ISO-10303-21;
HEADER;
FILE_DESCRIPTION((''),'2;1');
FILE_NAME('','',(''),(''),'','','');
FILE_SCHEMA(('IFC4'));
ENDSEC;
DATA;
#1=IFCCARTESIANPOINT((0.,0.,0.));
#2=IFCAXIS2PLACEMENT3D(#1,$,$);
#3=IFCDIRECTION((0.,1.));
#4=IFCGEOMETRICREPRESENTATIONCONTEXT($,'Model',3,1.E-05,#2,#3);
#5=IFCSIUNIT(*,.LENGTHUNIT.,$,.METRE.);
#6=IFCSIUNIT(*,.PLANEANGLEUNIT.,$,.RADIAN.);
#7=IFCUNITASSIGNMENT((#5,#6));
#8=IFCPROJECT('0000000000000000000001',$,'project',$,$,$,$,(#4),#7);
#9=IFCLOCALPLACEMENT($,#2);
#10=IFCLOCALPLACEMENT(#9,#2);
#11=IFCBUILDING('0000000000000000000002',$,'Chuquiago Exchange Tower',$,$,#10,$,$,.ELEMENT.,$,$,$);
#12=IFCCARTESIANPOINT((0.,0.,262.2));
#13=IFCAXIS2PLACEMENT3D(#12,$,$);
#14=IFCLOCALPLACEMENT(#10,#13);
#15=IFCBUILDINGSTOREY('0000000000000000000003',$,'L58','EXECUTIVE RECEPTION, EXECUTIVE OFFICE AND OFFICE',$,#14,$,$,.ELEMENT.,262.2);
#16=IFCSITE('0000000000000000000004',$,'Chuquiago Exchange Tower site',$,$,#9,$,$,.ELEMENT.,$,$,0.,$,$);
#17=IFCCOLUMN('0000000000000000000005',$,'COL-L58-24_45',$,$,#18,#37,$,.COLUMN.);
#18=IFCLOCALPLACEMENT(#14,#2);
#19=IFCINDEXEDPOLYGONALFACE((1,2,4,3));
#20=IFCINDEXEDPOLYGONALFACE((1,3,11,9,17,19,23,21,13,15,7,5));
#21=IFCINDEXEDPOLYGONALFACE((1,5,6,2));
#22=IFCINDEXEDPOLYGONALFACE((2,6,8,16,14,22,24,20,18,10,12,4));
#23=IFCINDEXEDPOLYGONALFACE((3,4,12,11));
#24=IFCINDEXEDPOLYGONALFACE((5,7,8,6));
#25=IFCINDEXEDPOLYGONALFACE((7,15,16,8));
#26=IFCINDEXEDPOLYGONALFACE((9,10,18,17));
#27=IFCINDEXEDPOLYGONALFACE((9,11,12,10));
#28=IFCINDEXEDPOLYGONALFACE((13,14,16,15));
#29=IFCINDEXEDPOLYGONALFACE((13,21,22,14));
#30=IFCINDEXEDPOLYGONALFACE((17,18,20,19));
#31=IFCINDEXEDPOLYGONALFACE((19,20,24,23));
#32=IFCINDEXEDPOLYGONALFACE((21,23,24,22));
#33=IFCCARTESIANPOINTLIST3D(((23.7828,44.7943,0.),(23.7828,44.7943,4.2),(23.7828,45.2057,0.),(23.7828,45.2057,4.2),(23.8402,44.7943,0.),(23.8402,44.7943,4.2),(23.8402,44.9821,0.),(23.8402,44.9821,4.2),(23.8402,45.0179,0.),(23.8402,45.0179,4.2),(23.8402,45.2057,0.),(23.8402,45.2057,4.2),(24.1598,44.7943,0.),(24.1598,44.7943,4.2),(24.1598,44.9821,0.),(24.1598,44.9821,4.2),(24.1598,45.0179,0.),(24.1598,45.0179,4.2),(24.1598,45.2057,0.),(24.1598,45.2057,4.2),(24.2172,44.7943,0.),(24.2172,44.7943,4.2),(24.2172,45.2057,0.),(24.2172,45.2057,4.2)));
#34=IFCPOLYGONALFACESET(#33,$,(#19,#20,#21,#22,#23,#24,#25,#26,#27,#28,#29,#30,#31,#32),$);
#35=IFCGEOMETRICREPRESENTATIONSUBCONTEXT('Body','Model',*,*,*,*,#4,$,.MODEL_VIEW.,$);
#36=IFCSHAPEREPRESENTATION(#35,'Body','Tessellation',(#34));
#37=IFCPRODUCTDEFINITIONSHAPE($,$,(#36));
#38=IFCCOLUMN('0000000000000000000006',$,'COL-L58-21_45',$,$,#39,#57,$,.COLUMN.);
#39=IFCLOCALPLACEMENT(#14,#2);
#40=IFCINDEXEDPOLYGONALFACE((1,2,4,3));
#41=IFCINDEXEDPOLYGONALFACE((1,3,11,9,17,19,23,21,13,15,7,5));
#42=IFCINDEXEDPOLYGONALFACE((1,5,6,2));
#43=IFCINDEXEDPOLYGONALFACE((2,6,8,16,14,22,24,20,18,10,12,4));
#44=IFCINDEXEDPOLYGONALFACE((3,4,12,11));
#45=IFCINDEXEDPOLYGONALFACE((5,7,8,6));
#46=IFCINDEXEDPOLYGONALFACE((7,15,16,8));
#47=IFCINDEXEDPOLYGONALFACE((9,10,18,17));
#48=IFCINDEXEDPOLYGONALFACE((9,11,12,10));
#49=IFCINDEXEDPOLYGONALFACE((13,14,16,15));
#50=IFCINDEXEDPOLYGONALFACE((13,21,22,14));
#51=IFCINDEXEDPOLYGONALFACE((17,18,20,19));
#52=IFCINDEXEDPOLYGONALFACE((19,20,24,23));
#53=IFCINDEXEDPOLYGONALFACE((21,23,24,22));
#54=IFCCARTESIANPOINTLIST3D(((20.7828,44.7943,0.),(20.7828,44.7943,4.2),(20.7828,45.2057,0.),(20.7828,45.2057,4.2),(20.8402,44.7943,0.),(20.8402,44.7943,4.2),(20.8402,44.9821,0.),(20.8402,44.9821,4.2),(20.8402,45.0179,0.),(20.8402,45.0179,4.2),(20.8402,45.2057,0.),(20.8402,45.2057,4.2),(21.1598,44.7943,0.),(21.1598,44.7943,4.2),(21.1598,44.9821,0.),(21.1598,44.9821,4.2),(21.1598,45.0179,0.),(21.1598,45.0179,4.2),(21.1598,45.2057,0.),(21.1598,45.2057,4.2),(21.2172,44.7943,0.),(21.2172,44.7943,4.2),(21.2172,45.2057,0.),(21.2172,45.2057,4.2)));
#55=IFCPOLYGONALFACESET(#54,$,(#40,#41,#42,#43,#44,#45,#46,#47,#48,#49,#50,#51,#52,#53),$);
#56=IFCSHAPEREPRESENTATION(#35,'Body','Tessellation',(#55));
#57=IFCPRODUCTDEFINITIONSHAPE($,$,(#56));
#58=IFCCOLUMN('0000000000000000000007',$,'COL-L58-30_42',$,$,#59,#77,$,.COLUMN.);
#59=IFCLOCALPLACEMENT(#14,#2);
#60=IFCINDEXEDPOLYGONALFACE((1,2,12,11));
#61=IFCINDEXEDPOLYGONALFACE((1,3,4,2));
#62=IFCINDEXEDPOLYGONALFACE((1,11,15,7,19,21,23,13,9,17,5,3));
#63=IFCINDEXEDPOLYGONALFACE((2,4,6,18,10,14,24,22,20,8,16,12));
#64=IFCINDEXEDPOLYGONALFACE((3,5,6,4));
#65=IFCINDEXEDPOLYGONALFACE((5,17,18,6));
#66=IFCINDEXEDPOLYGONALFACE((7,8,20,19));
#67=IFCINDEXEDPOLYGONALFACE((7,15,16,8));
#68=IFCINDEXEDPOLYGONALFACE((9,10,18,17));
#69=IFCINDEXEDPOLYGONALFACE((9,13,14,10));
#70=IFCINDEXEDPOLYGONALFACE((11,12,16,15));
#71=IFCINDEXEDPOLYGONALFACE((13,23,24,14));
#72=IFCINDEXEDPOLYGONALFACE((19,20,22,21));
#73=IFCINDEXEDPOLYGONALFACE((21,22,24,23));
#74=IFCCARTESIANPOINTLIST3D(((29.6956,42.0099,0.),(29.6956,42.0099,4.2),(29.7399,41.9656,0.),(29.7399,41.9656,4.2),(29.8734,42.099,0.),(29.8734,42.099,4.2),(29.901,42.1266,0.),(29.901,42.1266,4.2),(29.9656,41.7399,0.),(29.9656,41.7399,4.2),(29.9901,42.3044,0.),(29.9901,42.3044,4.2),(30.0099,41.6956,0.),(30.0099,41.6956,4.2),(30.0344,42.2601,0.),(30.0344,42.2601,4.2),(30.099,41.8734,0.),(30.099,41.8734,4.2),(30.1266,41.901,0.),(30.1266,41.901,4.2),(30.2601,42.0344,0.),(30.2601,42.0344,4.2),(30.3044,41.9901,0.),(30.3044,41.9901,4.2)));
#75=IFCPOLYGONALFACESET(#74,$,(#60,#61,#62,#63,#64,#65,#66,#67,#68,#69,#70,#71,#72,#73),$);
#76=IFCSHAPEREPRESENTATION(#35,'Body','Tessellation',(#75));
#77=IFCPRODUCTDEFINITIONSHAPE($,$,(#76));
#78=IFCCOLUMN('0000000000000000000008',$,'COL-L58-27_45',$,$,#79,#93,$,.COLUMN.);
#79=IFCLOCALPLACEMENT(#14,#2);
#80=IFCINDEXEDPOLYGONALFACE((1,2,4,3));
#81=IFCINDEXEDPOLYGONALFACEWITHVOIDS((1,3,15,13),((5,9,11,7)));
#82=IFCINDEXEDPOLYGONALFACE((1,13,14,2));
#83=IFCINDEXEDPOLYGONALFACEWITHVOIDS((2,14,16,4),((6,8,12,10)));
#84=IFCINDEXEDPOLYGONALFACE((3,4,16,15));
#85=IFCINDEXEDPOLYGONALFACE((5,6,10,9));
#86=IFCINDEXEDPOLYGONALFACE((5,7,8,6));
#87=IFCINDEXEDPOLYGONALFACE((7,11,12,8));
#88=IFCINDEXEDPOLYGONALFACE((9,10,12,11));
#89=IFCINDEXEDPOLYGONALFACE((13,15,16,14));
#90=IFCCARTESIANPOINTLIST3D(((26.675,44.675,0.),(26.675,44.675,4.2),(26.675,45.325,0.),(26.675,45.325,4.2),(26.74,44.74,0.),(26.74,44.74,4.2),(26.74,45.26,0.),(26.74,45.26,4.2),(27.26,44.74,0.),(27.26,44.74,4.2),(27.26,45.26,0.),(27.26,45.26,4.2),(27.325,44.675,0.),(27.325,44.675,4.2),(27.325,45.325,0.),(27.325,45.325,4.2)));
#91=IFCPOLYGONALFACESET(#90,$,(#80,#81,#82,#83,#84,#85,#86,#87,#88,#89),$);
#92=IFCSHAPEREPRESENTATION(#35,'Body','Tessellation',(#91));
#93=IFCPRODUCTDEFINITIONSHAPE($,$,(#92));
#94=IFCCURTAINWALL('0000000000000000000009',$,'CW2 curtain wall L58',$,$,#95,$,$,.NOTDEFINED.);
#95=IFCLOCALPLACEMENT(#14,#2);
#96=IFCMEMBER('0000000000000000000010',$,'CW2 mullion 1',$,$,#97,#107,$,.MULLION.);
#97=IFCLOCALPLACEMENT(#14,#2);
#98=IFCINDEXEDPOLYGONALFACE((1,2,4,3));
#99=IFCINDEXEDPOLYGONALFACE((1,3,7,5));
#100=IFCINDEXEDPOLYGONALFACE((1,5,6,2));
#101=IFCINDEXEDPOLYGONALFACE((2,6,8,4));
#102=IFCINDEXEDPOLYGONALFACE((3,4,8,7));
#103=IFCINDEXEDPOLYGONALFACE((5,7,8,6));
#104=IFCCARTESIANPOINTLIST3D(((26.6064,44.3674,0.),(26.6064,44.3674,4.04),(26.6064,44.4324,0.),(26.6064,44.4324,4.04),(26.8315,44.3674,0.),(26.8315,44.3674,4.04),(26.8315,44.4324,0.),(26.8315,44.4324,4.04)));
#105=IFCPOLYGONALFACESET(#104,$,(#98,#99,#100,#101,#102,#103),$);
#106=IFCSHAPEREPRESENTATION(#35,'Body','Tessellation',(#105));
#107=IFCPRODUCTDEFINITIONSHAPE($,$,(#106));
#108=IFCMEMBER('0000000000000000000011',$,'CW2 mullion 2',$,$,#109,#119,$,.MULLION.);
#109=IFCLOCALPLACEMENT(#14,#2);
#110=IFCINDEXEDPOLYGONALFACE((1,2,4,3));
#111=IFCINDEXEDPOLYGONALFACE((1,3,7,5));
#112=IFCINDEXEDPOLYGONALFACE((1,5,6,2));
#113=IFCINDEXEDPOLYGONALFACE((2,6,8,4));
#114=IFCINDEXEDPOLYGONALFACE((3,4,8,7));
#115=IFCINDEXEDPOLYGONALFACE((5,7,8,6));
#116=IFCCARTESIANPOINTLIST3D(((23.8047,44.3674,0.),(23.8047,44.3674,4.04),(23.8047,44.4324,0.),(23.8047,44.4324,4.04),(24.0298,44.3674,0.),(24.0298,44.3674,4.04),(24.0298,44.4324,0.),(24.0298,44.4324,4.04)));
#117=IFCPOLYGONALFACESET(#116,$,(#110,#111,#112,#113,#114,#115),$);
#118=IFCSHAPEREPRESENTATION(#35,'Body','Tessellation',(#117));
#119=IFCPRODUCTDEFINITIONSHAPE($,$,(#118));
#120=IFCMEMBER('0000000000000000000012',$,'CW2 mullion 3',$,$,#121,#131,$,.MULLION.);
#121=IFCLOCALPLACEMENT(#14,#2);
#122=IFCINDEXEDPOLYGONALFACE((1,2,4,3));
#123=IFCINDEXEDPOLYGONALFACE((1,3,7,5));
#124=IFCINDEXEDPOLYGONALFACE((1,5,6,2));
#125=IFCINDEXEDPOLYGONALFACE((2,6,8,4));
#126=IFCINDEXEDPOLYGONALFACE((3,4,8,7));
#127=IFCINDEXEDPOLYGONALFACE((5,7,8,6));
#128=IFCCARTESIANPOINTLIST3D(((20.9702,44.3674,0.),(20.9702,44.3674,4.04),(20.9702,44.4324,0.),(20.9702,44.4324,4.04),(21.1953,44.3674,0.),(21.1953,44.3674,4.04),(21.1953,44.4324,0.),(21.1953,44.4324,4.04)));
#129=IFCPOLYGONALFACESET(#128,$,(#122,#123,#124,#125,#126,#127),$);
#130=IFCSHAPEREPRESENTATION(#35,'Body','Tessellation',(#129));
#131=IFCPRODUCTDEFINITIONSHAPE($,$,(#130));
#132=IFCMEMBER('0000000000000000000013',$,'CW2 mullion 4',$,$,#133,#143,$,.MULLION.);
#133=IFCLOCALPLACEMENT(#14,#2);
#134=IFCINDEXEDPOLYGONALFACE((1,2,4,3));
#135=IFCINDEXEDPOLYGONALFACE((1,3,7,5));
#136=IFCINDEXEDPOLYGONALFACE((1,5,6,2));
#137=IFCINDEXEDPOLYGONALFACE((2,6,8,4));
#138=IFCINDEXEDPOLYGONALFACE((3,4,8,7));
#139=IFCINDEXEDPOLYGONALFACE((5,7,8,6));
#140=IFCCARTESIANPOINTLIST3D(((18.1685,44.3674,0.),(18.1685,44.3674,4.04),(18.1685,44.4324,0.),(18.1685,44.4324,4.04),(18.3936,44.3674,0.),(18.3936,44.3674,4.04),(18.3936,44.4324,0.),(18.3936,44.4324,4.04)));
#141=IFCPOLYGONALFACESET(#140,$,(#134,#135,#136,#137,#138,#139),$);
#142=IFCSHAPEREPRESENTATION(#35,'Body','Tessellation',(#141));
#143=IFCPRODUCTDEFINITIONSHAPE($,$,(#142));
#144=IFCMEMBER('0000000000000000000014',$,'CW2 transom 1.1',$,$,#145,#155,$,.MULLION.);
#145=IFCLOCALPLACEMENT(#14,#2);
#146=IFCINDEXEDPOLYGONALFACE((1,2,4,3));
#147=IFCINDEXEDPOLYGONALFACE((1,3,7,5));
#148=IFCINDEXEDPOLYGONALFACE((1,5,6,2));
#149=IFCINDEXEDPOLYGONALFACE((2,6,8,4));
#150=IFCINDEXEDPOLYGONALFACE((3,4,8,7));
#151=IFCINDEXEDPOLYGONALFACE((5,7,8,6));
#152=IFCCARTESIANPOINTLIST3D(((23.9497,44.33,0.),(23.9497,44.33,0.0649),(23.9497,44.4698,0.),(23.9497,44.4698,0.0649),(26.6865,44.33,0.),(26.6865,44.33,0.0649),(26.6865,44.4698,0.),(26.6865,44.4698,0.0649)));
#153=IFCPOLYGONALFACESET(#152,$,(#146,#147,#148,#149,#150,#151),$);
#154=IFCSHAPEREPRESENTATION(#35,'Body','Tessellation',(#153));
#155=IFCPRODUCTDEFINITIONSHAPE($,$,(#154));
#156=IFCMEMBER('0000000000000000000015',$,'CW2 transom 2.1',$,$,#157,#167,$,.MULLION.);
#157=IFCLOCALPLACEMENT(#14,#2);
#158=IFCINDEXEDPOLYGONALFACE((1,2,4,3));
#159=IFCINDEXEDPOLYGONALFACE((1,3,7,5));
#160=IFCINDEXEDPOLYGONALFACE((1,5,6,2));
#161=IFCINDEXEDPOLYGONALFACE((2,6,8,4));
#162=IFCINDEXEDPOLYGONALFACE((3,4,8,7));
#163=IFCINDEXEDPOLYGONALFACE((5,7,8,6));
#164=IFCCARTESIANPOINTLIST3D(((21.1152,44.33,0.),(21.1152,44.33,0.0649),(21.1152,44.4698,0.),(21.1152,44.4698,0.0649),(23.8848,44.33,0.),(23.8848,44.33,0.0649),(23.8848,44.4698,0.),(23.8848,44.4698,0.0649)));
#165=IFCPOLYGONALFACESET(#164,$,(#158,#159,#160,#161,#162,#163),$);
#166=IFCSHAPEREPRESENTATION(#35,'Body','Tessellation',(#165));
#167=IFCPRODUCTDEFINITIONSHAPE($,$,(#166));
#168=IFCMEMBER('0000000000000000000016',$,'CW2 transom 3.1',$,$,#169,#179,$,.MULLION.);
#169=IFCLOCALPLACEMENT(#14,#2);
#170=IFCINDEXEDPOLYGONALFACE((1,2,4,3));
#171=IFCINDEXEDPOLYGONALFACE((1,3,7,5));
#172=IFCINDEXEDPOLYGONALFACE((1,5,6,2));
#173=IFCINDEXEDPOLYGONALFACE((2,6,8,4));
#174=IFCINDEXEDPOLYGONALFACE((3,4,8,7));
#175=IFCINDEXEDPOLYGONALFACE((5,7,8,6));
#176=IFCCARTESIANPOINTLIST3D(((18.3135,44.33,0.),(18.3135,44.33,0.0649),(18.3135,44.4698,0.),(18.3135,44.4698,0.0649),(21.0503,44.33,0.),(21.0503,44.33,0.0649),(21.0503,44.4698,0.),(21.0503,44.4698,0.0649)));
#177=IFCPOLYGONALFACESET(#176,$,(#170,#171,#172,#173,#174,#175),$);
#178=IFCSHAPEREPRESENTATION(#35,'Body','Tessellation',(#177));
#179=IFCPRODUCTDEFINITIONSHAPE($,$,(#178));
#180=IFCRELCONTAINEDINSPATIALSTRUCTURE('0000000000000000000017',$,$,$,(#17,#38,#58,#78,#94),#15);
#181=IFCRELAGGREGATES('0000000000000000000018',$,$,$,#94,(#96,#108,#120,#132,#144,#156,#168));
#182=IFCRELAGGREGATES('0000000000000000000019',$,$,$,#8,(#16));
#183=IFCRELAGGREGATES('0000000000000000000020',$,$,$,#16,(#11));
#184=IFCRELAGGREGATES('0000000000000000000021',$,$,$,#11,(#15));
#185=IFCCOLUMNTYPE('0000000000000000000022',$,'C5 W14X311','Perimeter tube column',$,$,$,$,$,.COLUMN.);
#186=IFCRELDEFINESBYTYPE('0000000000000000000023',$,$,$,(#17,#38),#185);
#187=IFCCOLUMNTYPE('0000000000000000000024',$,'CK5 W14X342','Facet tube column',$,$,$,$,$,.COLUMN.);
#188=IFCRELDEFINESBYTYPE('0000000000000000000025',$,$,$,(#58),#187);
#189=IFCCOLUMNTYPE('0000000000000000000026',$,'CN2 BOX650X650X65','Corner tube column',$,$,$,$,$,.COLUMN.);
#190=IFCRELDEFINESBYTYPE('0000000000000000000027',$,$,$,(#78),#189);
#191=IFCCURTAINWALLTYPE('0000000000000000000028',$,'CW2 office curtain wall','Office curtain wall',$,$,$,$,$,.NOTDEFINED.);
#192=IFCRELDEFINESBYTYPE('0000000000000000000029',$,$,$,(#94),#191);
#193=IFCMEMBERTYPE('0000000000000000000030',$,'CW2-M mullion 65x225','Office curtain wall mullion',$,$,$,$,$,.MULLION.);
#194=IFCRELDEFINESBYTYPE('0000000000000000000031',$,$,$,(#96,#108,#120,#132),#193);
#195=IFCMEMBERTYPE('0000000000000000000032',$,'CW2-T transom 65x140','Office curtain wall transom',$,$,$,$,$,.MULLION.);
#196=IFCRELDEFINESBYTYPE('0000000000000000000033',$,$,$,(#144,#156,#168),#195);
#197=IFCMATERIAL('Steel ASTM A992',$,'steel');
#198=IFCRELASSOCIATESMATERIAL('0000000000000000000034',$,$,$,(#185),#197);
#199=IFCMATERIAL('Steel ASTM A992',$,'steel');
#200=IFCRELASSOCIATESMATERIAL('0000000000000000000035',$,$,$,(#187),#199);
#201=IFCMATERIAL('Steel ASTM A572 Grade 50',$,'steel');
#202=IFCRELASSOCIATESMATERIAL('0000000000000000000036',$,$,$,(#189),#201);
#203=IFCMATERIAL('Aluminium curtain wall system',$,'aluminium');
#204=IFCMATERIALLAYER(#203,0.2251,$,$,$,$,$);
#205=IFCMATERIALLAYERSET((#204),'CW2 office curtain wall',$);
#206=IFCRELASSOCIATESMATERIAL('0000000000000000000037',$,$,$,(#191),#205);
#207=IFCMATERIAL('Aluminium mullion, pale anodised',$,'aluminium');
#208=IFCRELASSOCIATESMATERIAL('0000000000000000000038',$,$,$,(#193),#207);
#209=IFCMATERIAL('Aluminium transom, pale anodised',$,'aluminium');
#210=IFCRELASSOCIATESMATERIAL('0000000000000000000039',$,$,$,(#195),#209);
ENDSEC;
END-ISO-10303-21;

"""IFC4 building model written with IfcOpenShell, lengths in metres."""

from ifc_helpers import new_model, si_unit, direction, frame, origin, origin_2d, place, context, subcontext, project, spatial, rectangle, hollow_rectangle, i_section, extrude, material, layer, layer_set, material_profile, profile_set, type_object, element, aggregate, save


model = new_model("IFC4")

# Units and contexts
model_context = context("Model", 3, precision=1e-05, world=origin(), true_north=direction((0.0, 1.0)))
body_context = subcontext(model_context, "Body", "Model", "MODEL_VIEW")
ifc_project = project(units=[si_unit("LENGTHUNIT", "METRE"), si_unit("PLANEANGLEUNIT", "RADIAN")], contexts=[model_context])

# Site, building, storey
site_placement = place(None, origin())
site = spatial("IfcSite", under=ifc_project, at=site_placement, Name="Chuquiago Exchange Tower site", CompositionType="ELEMENT", RefElevation=0.0)
building_placement = place(site_placement, origin())
building = spatial("IfcBuilding", under=site, at=building_placement, Name="Chuquiago Exchange Tower", CompositionType="ELEMENT")
storey_placement = place(building_placement, frame((0.0, 0.0, 262.2)))
storey = spatial("IfcBuildingStorey", under=building, at=storey_placement, Name="L58", Description="EXECUTIVE RECEPTION, EXECUTIVE OFFICE AND OFFICE", CompositionType="ELEMENT", Elevation=262.2)

# Columns
ifc_material_1 = material(Name="Steel ASTM A992", Category="steel")
ifc_material_profile_1 = material_profile(ifc_material_1, i_section(OverallWidth=0.4114, OverallDepth=0.4343, WebThickness=0.0359, FlangeThickness=0.0574, at=origin_2d()), Name="W14X311")
ifc_profile_set_1 = profile_set([ifc_material_profile_1], Name="Steel ASTM A992")
column_type_1 = type_object("IfcColumnType", Name="C5 W14X311", Description="Perimeter tube column", PredefinedType="COLUMN", material=ifc_profile_set_1)
for number, where, z_axis, x_axis, name in (
    (1, (24.0, 45.0, 0.0), (0.0, 0.0, 1.0), (0.0, 1.0, 0.0), "COL-L58-24_45"),
    (2, (21.0, 45.0, 0.0), (0.0, 0.0, 1.0), (0.0, 1.0, 0.0), "COL-L58-21_45"),
):
    element("IfcColumn", number, at=place(storey_placement, frame(where, z_axis=z_axis, x_axis=x_axis)), inside=storey, type_object=column_type_1, Name=name, PredefinedType="COLUMN", context=body_context, shape_type="SweptSolid", body=[
        extrude(i_section(OverallWidth=0.4114, OverallDepth=0.4343, WebThickness=0.0359, FlangeThickness=0.0574, at=origin_2d()), origin(), (0.0, 0.0, 1.0), 4.2),
    ])
ifc_material_2 = material(Name="Steel ASTM A992", Category="steel")
ifc_material_profile_2 = material_profile(ifc_material_2, i_section(OverallWidth=0.4165, OverallDepth=0.4446, WebThickness=0.0391, FlangeThickness=0.0627, at=origin_2d()), Name="W14X342")
ifc_profile_set_2 = profile_set([ifc_material_profile_2], Name="Steel ASTM A992")
column_type_2 = type_object("IfcColumnType", Name="CK5 W14X342", Description="Facet tube column", PredefinedType="COLUMN", material=ifc_profile_set_2)
column_1_placement = place(storey_placement, frame((30.0, 42.0, 0.0), z_axis=(0.0, 0.0, 1.0), x_axis=(0.707107, 0.707107, 0.0)))
element("IfcColumn", 3, at=column_1_placement, inside=storey, type_object=column_type_2, Name="COL-L58-30_42", PredefinedType="COLUMN", context=body_context, shape_type="SweptSolid", body=[
    extrude(i_section(OverallWidth=0.4165, OverallDepth=0.4446, WebThickness=0.0391, FlangeThickness=0.0627, at=origin_2d()), origin(), (0.0, 0.0, 1.0), 4.2),
])
ifc_material_3 = material(Name="Steel ASTM A572 Grade 50", Category="steel")
ifc_material_profile_3 = material_profile(ifc_material_3, hollow_rectangle(XDim=0.6499, YDim=0.6499, WallThickness=0.0649, at=origin_2d()), Name="BOX650X650X65")
ifc_profile_set_3 = profile_set([ifc_material_profile_3], Name="Steel ASTM A572 Grade 50")
column_type_3 = type_object("IfcColumnType", Name="CN2 BOX650X650X65", Description="Corner tube column", PredefinedType="COLUMN", material=ifc_profile_set_3)
column_2_placement = place(storey_placement, frame((27.0, 45.0, 0.0), z_axis=(0.0, 0.0, 1.0), x_axis=(0.0, 1.0, 0.0)))
element("IfcColumn", 4, at=column_2_placement, inside=storey, type_object=column_type_3, Name="COL-L58-27_45", PredefinedType="COLUMN", context=body_context, shape_type="SweptSolid", body=[
    extrude(hollow_rectangle(XDim=0.6499, YDim=0.6499, WallThickness=0.0649, at=origin_2d()), origin(), (0.0, 0.0, 1.0), 4.2),
])

# Curtain wall, members
ifc_material_4 = material(Name="Aluminium curtain wall system", Category="aluminium")
ifc_layer_1 = layer(ifc_material_4, 0.2251)
ifc_layer_set_1 = layer_set([ifc_layer_1], Name="CW2 office curtain wall")
curtain_wall_type_1 = type_object("IfcCurtainWallType", Name="CW2 office curtain wall", Description="Office curtain wall", PredefinedType="NOTDEFINED", material=ifc_layer_set_1)
curtain_wall_1_placement = place(storey_placement, origin())
curtain_wall_1 = element("IfcCurtainWall", 5, at=curtain_wall_1_placement, inside=storey, type_object=curtain_wall_type_1, Name="CW2 curtain wall L58", PredefinedType="NOTDEFINED")
ifc_material_5 = material(Name="Aluminium mullion, pale anodised", Category="aluminium")
ifc_material_profile_4 = material_profile(ifc_material_5, rectangle(XDim=0.0649, YDim=0.2251, at=origin_2d()), Name="AL 65x225")
ifc_profile_set_4 = profile_set([ifc_material_profile_4], Name="Aluminium mullion, pale anodised")
member_type_1 = type_object("IfcMemberType", Name="CW2-M mullion 65x225", Description="Office curtain wall mullion", PredefinedType="MULLION", material=ifc_profile_set_4)
member_1_placement = place(storey_placement, frame((26.719, 44.3999, 0.0), z_axis=(0.0, 0.0, 1.0), x_axis=(0.0, -1.0, 0.0)))
member_1 = element("IfcMember", 6, at=member_1_placement, type_object=member_type_1, Name="CW2 mullion 1", PredefinedType="MULLION", context=body_context, shape_type="SweptSolid", body=[
    extrude(rectangle(XDim=0.0649, YDim=0.2251, at=origin_2d()), origin(), (0.0, 0.0, 1.0), 4.04),
])
member_2_placement = place(storey_placement, frame((23.9172, 44.3999, 0.0), z_axis=(0.0, 0.0, 1.0), x_axis=(0.0, -1.0, 0.0)))
member_2 = element("IfcMember", 7, at=member_2_placement, type_object=member_type_1, Name="CW2 mullion 2", PredefinedType="MULLION", context=body_context, shape_type="SweptSolid", body=[
    extrude(rectangle(XDim=0.0649, YDim=0.2251, at=origin_2d()), origin(), (0.0, 0.0, 1.0), 4.04),
])
member_3_placement = place(storey_placement, frame((21.0828, 44.3999, 0.0), z_axis=(0.0, 0.0, 1.0), x_axis=(0.0, -1.0, 0.0)))
member_3 = element("IfcMember", 8, at=member_3_placement, type_object=member_type_1, Name="CW2 mullion 3", PredefinedType="MULLION", context=body_context, shape_type="SweptSolid", body=[
    extrude(rectangle(XDim=0.0649, YDim=0.2251, at=origin_2d()), origin(), (0.0, 0.0, 1.0), 4.04),
])
member_4_placement = place(storey_placement, frame((18.281, 44.3999, 0.0), z_axis=(0.0, 0.0, 1.0), x_axis=(0.0, -1.0, 0.0)))
member_4 = element("IfcMember", 9, at=member_4_placement, type_object=member_type_1, Name="CW2 mullion 4", PredefinedType="MULLION", context=body_context, shape_type="SweptSolid", body=[
    extrude(rectangle(XDim=0.0649, YDim=0.2251, at=origin_2d()), origin(), (0.0, 0.0, 1.0), 4.04),
])
ifc_material_6 = material(Name="Aluminium transom, pale anodised", Category="aluminium")
ifc_material_profile_5 = material_profile(ifc_material_6, rectangle(XDim=0.1399, YDim=0.0649, at=origin_2d()), Name="AL 140x65")
ifc_profile_set_5 = profile_set([ifc_material_profile_5], Name="Aluminium transom, pale anodised")
member_type_2 = type_object("IfcMemberType", Name="CW2-T transom 65x140", Description="Office curtain wall transom", PredefinedType="MULLION", material=ifc_profile_set_5)
member_5_placement = place(storey_placement, frame((26.6865, 44.3999, 0.0325), z_axis=(-1.0, 0.0, 0.0), x_axis=(0.0, -1.0, 0.0)))
member_5 = element("IfcMember", 10, at=member_5_placement, type_object=member_type_2, Name="CW2 transom 1.1", PredefinedType="MULLION", context=body_context, shape_type="SweptSolid", body=[
    extrude(rectangle(XDim=0.1399, YDim=0.0649, at=origin_2d()), origin(), (0.0, 0.0, 1.0), 2.7368),
])
member_6_placement = place(storey_placement, frame((23.8848, 44.3999, 0.0325), z_axis=(-1.0, 0.0, 0.0), x_axis=(0.0, -1.0, 0.0)))
member_6 = element("IfcMember", 11, at=member_6_placement, type_object=member_type_2, Name="CW2 transom 2.1", PredefinedType="MULLION", context=body_context, shape_type="SweptSolid", body=[
    extrude(rectangle(XDim=0.1399, YDim=0.0649, at=origin_2d()), origin(), (0.0, 0.0, 1.0), 2.7695),
])
member_7_placement = place(storey_placement, frame((21.0503, 44.3999, 0.0325), z_axis=(-1.0, 0.0, 0.0), x_axis=(0.0, -1.0, 0.0)))
member_7 = element("IfcMember", 12, at=member_7_placement, type_object=member_type_2, Name="CW2 transom 3.1", PredefinedType="MULLION", context=body_context, shape_type="SweptSolid", body=[
    extrude(rectangle(XDim=0.1399, YDim=0.0649, at=origin_2d()), origin(), (0.0, 0.0, 1.0), 2.7368),
])

aggregate(curtain_wall_1, [member_1, member_2, member_3, member_4, member_5, member_6, member_7])

save(model, "model.ifc")
